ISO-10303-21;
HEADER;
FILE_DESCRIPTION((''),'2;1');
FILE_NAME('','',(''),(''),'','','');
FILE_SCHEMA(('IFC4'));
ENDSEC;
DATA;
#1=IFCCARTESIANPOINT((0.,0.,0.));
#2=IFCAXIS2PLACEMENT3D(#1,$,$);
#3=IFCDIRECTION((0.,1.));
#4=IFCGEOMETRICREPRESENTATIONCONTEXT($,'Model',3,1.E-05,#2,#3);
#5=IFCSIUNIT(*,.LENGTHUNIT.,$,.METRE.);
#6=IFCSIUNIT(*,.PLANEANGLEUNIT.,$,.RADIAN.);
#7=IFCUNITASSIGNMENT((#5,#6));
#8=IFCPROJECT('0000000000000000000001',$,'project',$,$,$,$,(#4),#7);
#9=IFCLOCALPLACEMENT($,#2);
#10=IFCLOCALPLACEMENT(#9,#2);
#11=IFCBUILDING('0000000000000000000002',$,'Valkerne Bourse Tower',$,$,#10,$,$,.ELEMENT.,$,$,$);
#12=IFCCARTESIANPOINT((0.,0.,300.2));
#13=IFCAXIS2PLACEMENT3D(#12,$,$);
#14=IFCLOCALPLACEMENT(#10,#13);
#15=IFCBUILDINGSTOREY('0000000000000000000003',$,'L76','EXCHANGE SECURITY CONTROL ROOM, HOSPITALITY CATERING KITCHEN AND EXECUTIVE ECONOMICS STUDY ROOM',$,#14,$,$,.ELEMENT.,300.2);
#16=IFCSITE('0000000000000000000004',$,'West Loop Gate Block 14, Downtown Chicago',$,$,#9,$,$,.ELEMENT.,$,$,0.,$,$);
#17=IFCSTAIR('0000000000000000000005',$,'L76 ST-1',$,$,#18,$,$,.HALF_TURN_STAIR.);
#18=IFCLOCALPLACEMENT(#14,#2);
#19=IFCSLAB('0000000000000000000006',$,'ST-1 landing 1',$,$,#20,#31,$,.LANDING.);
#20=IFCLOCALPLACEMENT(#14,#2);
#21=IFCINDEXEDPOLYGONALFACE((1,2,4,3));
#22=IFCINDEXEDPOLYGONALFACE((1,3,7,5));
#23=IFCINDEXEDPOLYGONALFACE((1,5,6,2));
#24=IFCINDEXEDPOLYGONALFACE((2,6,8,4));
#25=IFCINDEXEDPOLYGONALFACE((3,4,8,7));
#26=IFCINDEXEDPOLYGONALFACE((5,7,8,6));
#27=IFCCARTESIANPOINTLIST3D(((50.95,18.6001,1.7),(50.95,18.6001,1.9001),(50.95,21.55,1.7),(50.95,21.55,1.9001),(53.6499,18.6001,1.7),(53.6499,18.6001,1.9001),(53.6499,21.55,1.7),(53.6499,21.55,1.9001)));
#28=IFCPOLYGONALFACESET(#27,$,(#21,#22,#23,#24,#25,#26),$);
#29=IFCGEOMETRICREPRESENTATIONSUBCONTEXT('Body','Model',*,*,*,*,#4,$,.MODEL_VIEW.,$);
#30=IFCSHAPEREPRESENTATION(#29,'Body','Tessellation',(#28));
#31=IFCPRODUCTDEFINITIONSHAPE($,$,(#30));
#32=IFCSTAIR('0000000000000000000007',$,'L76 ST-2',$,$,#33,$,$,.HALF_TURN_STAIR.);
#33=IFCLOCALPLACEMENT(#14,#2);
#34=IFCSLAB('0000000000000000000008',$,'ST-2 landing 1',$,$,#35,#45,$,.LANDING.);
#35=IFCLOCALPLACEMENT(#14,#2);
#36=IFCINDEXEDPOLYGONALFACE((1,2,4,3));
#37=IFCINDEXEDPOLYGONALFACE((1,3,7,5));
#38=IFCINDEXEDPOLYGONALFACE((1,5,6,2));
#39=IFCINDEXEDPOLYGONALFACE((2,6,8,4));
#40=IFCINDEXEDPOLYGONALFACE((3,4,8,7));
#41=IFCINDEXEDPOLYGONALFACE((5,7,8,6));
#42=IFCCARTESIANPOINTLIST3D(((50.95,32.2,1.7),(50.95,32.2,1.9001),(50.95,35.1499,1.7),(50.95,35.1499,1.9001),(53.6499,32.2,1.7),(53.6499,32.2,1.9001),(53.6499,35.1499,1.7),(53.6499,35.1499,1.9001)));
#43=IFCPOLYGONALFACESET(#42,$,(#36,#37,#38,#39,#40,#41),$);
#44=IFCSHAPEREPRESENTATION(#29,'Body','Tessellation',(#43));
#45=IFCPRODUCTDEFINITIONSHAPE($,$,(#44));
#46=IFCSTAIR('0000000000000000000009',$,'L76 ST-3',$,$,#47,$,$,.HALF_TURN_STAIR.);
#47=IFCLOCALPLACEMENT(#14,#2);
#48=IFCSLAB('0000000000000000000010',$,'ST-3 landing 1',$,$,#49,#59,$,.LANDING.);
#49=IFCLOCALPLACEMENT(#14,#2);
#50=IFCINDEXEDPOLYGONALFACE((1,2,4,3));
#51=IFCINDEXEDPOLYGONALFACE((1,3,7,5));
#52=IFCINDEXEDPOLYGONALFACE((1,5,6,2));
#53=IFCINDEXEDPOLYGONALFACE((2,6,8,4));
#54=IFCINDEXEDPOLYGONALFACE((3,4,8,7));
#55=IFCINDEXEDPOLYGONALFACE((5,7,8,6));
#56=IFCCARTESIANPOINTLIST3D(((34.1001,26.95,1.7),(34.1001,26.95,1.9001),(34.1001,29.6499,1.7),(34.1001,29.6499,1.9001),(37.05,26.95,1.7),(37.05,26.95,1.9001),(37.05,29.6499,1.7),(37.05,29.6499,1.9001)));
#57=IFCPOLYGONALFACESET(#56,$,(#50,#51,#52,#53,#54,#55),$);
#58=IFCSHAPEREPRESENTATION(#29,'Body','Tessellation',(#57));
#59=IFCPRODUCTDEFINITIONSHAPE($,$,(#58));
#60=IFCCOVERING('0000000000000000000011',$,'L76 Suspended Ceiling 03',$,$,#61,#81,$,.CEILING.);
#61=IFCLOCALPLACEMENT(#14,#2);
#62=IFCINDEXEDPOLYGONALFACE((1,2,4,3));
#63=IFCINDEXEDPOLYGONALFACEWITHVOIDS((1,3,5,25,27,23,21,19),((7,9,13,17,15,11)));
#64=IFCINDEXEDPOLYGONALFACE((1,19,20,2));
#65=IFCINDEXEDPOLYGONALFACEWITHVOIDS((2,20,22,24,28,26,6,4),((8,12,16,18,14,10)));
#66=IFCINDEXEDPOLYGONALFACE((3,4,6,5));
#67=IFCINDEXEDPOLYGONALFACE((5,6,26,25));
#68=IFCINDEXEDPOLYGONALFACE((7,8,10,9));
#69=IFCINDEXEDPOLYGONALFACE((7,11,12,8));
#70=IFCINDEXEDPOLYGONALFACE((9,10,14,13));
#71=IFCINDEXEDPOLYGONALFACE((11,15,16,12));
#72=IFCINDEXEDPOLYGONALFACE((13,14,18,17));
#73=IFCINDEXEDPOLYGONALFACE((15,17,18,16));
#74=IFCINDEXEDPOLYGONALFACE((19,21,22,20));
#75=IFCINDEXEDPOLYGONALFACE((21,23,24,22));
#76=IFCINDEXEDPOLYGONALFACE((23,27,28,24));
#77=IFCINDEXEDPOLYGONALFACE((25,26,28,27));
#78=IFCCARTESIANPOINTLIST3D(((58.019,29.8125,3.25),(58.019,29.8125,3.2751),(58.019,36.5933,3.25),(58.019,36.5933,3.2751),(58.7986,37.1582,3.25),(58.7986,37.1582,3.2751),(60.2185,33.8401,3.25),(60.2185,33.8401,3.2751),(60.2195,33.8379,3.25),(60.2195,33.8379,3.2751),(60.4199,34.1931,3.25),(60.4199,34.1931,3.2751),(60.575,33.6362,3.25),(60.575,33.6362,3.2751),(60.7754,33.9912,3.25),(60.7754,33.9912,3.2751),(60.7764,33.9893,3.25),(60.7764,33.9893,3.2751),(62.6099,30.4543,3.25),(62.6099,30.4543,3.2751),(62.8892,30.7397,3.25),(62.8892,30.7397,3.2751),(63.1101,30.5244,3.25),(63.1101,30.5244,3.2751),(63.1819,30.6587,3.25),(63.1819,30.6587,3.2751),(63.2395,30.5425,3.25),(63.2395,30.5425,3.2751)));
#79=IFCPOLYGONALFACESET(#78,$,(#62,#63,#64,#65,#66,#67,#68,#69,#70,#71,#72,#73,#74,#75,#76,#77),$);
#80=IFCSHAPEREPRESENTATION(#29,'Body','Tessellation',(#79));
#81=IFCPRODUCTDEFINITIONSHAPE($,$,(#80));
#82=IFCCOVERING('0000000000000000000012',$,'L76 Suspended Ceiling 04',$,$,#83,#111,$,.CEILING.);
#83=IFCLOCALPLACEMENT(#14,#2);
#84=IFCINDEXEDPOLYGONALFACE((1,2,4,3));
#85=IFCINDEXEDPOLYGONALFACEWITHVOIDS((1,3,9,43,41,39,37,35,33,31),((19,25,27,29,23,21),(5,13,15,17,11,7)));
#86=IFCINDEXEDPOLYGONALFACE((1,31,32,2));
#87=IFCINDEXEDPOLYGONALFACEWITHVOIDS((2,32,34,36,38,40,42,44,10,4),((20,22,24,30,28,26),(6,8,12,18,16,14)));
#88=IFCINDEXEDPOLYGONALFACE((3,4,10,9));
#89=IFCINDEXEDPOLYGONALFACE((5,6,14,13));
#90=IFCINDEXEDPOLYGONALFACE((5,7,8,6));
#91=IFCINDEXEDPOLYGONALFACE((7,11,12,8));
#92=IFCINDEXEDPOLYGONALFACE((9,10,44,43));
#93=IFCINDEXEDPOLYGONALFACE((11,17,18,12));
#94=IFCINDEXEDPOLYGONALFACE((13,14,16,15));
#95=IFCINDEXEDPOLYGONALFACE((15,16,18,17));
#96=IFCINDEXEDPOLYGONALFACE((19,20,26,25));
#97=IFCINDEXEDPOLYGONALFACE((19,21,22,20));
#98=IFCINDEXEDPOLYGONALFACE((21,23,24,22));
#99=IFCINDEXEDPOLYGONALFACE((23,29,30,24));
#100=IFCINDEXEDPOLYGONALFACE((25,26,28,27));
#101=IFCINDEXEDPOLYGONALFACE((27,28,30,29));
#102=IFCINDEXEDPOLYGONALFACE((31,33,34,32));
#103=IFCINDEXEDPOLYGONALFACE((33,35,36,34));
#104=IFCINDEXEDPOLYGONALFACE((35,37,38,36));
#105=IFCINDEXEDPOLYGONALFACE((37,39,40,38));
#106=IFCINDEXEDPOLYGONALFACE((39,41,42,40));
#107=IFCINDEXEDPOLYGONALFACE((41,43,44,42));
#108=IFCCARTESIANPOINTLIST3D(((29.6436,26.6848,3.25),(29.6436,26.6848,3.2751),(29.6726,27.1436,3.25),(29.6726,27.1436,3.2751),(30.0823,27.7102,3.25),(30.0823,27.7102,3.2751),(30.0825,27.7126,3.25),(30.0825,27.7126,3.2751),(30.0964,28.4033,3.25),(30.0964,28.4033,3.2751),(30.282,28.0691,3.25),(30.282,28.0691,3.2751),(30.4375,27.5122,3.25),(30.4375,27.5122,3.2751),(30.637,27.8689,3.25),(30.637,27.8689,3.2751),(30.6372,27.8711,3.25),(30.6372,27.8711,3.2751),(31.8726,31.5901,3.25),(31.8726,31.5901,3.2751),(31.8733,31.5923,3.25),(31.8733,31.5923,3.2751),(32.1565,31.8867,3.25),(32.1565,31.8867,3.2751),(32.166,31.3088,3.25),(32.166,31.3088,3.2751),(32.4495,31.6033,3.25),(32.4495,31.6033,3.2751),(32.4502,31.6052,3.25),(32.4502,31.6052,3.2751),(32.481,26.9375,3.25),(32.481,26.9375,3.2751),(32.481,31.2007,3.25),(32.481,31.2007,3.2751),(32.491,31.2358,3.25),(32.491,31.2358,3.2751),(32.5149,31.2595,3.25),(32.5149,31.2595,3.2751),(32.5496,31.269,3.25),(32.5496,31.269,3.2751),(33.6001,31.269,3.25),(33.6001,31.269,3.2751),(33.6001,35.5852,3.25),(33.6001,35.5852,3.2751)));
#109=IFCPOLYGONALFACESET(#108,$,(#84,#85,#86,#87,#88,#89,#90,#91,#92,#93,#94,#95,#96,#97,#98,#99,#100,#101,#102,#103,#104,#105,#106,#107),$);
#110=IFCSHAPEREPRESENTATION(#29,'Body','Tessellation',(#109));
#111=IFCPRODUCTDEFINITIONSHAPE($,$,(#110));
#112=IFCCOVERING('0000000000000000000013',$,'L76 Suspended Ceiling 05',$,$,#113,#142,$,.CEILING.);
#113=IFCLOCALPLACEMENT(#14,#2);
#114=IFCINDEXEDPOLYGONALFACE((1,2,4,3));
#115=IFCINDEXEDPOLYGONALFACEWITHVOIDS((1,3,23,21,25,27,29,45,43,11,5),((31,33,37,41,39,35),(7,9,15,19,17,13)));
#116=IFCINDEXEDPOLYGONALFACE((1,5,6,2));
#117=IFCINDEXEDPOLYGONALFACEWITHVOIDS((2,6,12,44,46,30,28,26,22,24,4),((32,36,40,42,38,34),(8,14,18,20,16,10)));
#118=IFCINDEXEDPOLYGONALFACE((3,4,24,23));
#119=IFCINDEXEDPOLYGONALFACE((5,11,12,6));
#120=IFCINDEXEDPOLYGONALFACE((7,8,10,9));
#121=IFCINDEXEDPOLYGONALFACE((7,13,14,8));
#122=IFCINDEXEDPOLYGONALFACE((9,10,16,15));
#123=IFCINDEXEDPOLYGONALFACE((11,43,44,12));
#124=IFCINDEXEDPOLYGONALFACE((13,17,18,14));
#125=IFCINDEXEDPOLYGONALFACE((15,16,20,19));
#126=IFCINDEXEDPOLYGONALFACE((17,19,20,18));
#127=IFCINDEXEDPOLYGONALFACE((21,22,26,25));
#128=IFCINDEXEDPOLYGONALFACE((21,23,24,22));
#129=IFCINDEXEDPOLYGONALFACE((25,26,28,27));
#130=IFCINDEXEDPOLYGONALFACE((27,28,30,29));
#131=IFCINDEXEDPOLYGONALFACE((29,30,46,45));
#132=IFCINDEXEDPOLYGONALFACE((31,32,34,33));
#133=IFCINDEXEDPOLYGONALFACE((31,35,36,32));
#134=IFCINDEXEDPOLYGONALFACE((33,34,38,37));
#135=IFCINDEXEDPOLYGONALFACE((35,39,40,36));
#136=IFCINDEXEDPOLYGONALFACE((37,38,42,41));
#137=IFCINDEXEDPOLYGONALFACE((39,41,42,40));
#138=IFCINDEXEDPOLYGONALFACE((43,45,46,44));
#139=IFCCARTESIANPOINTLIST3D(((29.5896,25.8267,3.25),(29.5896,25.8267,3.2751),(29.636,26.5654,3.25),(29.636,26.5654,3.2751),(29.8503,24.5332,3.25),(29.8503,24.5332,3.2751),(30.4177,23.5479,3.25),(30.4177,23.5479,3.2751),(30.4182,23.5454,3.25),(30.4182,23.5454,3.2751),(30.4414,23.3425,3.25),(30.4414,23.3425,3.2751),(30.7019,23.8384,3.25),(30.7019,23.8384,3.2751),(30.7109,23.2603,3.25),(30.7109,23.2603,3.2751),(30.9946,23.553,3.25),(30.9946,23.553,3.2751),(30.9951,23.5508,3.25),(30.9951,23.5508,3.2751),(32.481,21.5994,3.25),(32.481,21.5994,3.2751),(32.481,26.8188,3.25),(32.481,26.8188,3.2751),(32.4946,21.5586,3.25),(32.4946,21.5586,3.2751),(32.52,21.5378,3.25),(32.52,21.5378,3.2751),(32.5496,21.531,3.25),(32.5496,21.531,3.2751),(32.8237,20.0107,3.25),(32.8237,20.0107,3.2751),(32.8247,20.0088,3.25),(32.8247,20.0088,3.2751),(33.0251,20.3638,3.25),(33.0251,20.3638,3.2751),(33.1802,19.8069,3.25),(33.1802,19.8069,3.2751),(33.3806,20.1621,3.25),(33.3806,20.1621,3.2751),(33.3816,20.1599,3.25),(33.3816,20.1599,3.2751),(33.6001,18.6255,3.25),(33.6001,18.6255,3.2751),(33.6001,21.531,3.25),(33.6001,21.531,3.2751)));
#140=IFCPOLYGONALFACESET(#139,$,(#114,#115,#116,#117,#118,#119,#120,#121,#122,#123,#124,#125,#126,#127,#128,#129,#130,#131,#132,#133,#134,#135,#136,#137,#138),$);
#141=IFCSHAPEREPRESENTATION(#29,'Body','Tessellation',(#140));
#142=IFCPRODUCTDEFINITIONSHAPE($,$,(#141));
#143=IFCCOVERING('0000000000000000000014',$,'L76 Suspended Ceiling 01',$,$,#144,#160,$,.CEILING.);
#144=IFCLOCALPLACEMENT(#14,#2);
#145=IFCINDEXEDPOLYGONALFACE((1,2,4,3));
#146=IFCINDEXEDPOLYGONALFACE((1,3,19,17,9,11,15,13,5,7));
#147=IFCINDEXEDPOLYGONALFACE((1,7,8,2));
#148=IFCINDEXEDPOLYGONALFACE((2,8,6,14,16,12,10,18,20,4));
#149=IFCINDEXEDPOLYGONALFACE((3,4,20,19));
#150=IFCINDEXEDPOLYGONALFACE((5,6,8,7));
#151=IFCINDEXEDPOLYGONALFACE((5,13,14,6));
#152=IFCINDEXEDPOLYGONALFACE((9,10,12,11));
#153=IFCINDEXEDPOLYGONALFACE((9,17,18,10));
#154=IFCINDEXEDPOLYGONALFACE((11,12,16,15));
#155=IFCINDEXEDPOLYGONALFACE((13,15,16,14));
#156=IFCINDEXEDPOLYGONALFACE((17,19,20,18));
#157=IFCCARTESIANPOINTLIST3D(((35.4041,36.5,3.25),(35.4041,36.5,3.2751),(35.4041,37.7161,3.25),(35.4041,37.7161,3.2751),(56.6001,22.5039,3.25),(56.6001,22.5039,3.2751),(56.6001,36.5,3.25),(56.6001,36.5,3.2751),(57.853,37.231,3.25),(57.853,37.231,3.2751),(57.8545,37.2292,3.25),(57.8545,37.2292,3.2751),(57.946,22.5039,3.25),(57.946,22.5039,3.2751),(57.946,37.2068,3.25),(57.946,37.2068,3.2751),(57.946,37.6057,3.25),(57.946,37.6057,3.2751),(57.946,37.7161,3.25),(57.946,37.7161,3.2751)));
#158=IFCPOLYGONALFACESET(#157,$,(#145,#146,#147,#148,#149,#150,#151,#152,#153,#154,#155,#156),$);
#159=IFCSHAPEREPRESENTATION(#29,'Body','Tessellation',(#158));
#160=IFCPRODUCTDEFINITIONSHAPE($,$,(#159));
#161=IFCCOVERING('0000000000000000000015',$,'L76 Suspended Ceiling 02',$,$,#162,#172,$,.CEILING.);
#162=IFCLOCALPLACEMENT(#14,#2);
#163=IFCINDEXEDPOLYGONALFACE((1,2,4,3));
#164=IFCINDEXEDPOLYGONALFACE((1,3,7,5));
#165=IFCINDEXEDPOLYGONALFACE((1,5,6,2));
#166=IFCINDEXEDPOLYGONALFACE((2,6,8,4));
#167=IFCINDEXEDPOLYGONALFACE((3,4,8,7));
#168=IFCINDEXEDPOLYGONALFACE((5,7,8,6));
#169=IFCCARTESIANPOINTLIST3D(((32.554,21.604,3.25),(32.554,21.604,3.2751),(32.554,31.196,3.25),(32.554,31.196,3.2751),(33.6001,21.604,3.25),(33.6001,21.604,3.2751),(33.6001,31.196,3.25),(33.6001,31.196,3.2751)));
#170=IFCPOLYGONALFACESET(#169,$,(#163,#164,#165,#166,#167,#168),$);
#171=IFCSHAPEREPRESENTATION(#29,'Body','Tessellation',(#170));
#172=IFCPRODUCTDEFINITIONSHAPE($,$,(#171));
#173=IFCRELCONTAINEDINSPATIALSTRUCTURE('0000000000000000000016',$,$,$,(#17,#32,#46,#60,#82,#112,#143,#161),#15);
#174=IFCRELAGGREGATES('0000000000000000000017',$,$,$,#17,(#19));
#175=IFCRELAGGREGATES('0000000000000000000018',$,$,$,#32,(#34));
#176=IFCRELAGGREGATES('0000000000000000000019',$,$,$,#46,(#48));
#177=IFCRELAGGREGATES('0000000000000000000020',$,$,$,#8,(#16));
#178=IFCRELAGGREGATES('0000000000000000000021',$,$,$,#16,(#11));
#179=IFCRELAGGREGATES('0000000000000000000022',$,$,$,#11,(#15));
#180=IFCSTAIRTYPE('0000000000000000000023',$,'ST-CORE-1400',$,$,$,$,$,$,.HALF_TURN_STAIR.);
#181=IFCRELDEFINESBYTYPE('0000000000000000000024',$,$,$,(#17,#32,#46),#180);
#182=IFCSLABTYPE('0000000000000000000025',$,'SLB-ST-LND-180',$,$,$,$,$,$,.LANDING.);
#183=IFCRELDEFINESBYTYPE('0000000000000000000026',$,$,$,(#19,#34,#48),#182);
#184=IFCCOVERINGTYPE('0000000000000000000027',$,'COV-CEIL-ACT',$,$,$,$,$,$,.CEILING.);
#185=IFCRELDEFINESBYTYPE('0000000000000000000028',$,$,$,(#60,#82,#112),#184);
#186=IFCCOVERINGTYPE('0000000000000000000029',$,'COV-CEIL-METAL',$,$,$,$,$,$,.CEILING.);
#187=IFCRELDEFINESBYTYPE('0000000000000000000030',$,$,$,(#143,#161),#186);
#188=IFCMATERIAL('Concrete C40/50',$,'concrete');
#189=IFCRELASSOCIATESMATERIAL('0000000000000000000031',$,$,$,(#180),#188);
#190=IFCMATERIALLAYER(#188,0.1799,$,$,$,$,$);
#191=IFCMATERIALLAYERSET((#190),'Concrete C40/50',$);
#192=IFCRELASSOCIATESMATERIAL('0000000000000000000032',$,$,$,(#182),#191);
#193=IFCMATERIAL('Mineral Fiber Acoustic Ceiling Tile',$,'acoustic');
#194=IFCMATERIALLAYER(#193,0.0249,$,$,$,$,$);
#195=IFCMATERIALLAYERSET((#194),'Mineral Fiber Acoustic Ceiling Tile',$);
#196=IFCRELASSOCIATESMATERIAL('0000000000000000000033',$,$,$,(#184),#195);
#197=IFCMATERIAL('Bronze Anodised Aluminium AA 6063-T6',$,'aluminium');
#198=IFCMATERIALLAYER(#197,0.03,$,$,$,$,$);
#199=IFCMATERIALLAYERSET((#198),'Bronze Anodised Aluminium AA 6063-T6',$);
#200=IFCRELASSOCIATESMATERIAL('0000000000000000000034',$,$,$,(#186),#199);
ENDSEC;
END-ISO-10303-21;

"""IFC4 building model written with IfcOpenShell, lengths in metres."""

from ifc_helpers import new_model, si_unit, direction, frame, origin, place, context, subcontext, project, spatial, polyline, outline, extrude, material, layer, layer_set, type_object, element, aggregate, save


model = new_model("IFC4")

# Units and contexts
model_context = context("Model", 3, precision=1e-05, world=origin(), true_north=direction((0.0, 1.0)))
body_context = subcontext(model_context, "Body", "Model", "MODEL_VIEW")
ifc_project = project(units=[si_unit("LENGTHUNIT", "METRE"), si_unit("PLANEANGLEUNIT", "RADIAN")], contexts=[model_context])

# Site, building, storey
site_placement = place(None, origin())
site = spatial("IfcSite", under=ifc_project, at=site_placement, Name="West Loop Gate Block 14, Downtown Chicago", CompositionType="ELEMENT", RefElevation=0.0)
building_placement = place(site_placement, origin())
building = spatial("IfcBuilding", under=site, at=building_placement, Name="Valkerne Bourse Tower", CompositionType="ELEMENT")
storey_placement = place(building_placement, frame((0.0, 0.0, 300.2)))
storey = spatial("IfcBuildingStorey", under=building, at=storey_placement, Name="L76", Description="EXCHANGE SECURITY CONTROL ROOM, HOSPITALITY CATERING KITCHEN AND EXECUTIVE ECONOMICS STUDY ROOM", CompositionType="ELEMENT", Elevation=300.2)

# Stairs, slabs
ifc_material_1 = material(Name="Concrete C40/50", Category="concrete")
stair_type = type_object("IfcStairType", Name="ST-CORE-1400", PredefinedType="HALF_TURN_STAIR", material=ifc_material_1)
stair_1_placement = place(storey_placement, origin())
stair_1 = element("IfcStair", 1, at=stair_1_placement, inside=storey, type_object=stair_type, Name="L76 ST-1", PredefinedType="HALF_TURN_STAIR")
ifc_layer_1 = layer(ifc_material_1, 0.1799)
ifc_layer_set_1 = layer_set([ifc_layer_1], Name="Concrete C40/50")
slab_type = type_object("IfcSlabType", Name="SLB-ST-LND-180", PredefinedType="LANDING", material=ifc_layer_set_1)
slab_1_placement = place(storey_placement, frame((0.0, 0.0, 1.7)))
slab_1 = element("IfcSlab", 2, at=slab_1_placement, type_object=slab_type, Name="ST-1 landing 1", PredefinedType="LANDING", context=body_context, shape_type="SweptSolid", body=[
    extrude(outline(polyline([(50.95, 18.6001), (53.6499, 18.6001), (53.6499, 21.55), (50.95, 21.55), (50.95, 18.6001)])), origin(), (0.0, 0.0, 1.0), 0.2002),
])
aggregate(stair_1, [slab_1])
stair_2_placement = place(storey_placement, origin())
stair_2 = element("IfcStair", 3, at=stair_2_placement, inside=storey, type_object=stair_type, Name="L76 ST-2", PredefinedType="HALF_TURN_STAIR")
slab_2_placement = place(storey_placement, frame((0.0, 0.0, 1.7)))
slab_2 = element("IfcSlab", 4, at=slab_2_placement, type_object=slab_type, Name="ST-2 landing 1", PredefinedType="LANDING", context=body_context, shape_type="SweptSolid", body=[
    extrude(outline(polyline([(50.95, 32.2), (53.6499, 32.2), (53.6499, 35.1499), (50.95, 35.1499), (50.95, 32.2)])), origin(), (0.0, 0.0, 1.0), 0.2002),
])
aggregate(stair_2, [slab_2])
stair_3_placement = place(storey_placement, origin())
stair_3 = element("IfcStair", 5, at=stair_3_placement, inside=storey, type_object=stair_type, Name="L76 ST-3", PredefinedType="HALF_TURN_STAIR")
slab_3_placement = place(storey_placement, frame((0.0, 0.0, 1.7)))
slab_3 = element("IfcSlab", 6, at=slab_3_placement, type_object=slab_type, Name="ST-3 landing 1", PredefinedType="LANDING", context=body_context, shape_type="SweptSolid", body=[
    extrude(outline(polyline([(37.05, 26.95), (37.05, 29.6499), (34.1001, 29.6499), (34.1001, 26.95), (37.05, 26.95)])), origin(), (0.0, 0.0, 1.0), 0.2002),
])
aggregate(stair_3, [slab_3])

# Coverings
ifc_material_2 = material(Name="Mineral Fiber Acoustic Ceiling Tile", Category="acoustic")
ifc_layer_2 = layer(ifc_material_2, 0.0249)
ifc_layer_set_2 = layer_set([ifc_layer_2], Name="Mineral Fiber Acoustic Ceiling Tile")
covering_type_1 = type_object("IfcCoveringType", Name="COV-CEIL-ACT", PredefinedType="CEILING", material=ifc_layer_set_2)
covering_1_placement = place(storey_placement, frame((0.0, 0.0, 3.25)))
element("IfcCovering", 7, at=covering_1_placement, inside=storey, type_object=covering_type_1, Name="L76 Suspended Ceiling 03", PredefinedType="CEILING", context=body_context, shape_type="SweptSolid", body=[
    extrude(outline(polyline([(58.019, 36.5933), (58.7986, 37.1582), (63.1819, 30.6587), (63.2395, 30.5425), (63.1101, 30.5244), (62.8892, 30.7397), (62.6099, 30.4543), (58.019, 29.8125), (58.019, 36.5933)]), holes=[polyline([(60.7754, 33.9912), (60.4199, 34.1931), (60.2185, 33.8401), (60.2195, 33.8379), (60.575, 33.6362), (60.7764, 33.9893), (60.7754, 33.9912)])]), origin(), (0.0, 0.0, 1.0), 0.0251),
])
covering_2_placement = place(storey_placement, frame((0.0, 0.0, 3.25)))
element("IfcCovering", 8, at=covering_2_placement, inside=storey, type_object=covering_type_1, Name="L76 Suspended Ceiling 04", PredefinedType="CEILING", context=body_context, shape_type="SweptSolid", body=[
    extrude(outline(polyline([(33.6001, 35.5852), (33.6001, 31.269), (32.5496, 31.269), (32.5149, 31.2595), (32.491, 31.2358), (32.481, 31.2007), (32.481, 26.9375), (29.6436, 26.6848), (29.6726, 27.1436), (30.0964, 28.4033), (33.6001, 35.5852)]), holes=[polyline([(30.6372, 27.8711), (30.282, 28.0691), (30.0825, 27.7126), (30.0823, 27.7102), (30.4375, 27.5122), (30.637, 27.8689), (30.6372, 27.8711)]), polyline([(32.4502, 31.6052), (32.1565, 31.8867), (31.8733, 31.5923), (31.8726, 31.5901), (32.166, 31.3088), (32.4495, 31.6033), (32.4502, 31.6052)])]), origin(), (0.0, 0.0, 1.0), 0.0251),
])
covering_3_placement = place(storey_placement, frame((0.0, 0.0, 3.25)))
element("IfcCovering", 9, at=covering_3_placement, inside=storey, type_object=covering_type_1, Name="L76 Suspended Ceiling 05", PredefinedType="CEILING", context=body_context, shape_type="SweptSolid", body=[
    extrude(outline(polyline([(29.5896, 25.8267), (29.636, 26.5654), (32.481, 26.8188), (32.481, 21.5994), (32.4946, 21.5586), (32.52, 21.5378), (32.5496, 21.531), (33.6001, 21.531), (33.6001, 18.6255), (30.4414, 23.3425), (29.8503, 24.5332), (29.5896, 25.8267)]), holes=[polyline([(33.3806, 20.1621), (33.0251, 20.3638), (32.8237, 20.0107), (32.8247, 20.0088), (33.1802, 19.8069), (33.3816, 20.1599), (33.3806, 20.1621)]), polyline([(30.9946, 23.553), (30.7019, 23.8384), (30.4177, 23.5479), (30.4182, 23.5454), (30.7109, 23.2603), (30.9951, 23.5508), (30.9946, 23.553)])]), origin(), (0.0, 0.0, 1.0), 0.0251),
])
ifc_material_3 = material(Name="Bronze Anodised Aluminium AA 6063-T6", Category="aluminium")
ifc_layer_3 = layer(ifc_material_3, 0.03)
ifc_layer_set_3 = layer_set([ifc_layer_3], Name="Bronze Anodised Aluminium AA 6063-T6")
covering_type_2 = type_object("IfcCoveringType", Name="COV-CEIL-METAL", PredefinedType="CEILING", material=ifc_layer_set_3)
covering_4_placement = place(storey_placement, frame((0.0, 0.0, 3.25)))
element("IfcCovering", 10, at=covering_4_placement, inside=storey, type_object=covering_type_2, Name="L76 Suspended Ceiling 01", PredefinedType="CEILING", context=body_context, shape_type="SweptSolid", body=[
    extrude(outline(polyline([(35.4041, 37.7161), (57.946, 37.7161), (57.946, 37.6057), (57.853, 37.231), (57.8545, 37.2292), (57.946, 37.2068), (57.946, 22.5039), (56.6001, 22.5039), (56.6001, 36.5), (35.4041, 36.5), (35.4041, 37.7161)])), origin(), (0.0, 0.0, 1.0), 0.0251),
])
covering_5_placement = place(storey_placement, frame((0.0, 0.0, 3.25)))
element("IfcCovering", 11, at=covering_5_placement, inside=storey, type_object=covering_type_2, Name="L76 Suspended Ceiling 02", PredefinedType="CEILING", context=body_context, shape_type="SweptSolid", body=[
    extrude(outline(polyline([(32.554, 21.604), (32.554, 31.196), (33.6001, 31.196), (33.6001, 21.604), (32.554, 21.604)])), origin(), (0.0, 0.0, 1.0), 0.0251),
])

save(model, "model.ifc")
